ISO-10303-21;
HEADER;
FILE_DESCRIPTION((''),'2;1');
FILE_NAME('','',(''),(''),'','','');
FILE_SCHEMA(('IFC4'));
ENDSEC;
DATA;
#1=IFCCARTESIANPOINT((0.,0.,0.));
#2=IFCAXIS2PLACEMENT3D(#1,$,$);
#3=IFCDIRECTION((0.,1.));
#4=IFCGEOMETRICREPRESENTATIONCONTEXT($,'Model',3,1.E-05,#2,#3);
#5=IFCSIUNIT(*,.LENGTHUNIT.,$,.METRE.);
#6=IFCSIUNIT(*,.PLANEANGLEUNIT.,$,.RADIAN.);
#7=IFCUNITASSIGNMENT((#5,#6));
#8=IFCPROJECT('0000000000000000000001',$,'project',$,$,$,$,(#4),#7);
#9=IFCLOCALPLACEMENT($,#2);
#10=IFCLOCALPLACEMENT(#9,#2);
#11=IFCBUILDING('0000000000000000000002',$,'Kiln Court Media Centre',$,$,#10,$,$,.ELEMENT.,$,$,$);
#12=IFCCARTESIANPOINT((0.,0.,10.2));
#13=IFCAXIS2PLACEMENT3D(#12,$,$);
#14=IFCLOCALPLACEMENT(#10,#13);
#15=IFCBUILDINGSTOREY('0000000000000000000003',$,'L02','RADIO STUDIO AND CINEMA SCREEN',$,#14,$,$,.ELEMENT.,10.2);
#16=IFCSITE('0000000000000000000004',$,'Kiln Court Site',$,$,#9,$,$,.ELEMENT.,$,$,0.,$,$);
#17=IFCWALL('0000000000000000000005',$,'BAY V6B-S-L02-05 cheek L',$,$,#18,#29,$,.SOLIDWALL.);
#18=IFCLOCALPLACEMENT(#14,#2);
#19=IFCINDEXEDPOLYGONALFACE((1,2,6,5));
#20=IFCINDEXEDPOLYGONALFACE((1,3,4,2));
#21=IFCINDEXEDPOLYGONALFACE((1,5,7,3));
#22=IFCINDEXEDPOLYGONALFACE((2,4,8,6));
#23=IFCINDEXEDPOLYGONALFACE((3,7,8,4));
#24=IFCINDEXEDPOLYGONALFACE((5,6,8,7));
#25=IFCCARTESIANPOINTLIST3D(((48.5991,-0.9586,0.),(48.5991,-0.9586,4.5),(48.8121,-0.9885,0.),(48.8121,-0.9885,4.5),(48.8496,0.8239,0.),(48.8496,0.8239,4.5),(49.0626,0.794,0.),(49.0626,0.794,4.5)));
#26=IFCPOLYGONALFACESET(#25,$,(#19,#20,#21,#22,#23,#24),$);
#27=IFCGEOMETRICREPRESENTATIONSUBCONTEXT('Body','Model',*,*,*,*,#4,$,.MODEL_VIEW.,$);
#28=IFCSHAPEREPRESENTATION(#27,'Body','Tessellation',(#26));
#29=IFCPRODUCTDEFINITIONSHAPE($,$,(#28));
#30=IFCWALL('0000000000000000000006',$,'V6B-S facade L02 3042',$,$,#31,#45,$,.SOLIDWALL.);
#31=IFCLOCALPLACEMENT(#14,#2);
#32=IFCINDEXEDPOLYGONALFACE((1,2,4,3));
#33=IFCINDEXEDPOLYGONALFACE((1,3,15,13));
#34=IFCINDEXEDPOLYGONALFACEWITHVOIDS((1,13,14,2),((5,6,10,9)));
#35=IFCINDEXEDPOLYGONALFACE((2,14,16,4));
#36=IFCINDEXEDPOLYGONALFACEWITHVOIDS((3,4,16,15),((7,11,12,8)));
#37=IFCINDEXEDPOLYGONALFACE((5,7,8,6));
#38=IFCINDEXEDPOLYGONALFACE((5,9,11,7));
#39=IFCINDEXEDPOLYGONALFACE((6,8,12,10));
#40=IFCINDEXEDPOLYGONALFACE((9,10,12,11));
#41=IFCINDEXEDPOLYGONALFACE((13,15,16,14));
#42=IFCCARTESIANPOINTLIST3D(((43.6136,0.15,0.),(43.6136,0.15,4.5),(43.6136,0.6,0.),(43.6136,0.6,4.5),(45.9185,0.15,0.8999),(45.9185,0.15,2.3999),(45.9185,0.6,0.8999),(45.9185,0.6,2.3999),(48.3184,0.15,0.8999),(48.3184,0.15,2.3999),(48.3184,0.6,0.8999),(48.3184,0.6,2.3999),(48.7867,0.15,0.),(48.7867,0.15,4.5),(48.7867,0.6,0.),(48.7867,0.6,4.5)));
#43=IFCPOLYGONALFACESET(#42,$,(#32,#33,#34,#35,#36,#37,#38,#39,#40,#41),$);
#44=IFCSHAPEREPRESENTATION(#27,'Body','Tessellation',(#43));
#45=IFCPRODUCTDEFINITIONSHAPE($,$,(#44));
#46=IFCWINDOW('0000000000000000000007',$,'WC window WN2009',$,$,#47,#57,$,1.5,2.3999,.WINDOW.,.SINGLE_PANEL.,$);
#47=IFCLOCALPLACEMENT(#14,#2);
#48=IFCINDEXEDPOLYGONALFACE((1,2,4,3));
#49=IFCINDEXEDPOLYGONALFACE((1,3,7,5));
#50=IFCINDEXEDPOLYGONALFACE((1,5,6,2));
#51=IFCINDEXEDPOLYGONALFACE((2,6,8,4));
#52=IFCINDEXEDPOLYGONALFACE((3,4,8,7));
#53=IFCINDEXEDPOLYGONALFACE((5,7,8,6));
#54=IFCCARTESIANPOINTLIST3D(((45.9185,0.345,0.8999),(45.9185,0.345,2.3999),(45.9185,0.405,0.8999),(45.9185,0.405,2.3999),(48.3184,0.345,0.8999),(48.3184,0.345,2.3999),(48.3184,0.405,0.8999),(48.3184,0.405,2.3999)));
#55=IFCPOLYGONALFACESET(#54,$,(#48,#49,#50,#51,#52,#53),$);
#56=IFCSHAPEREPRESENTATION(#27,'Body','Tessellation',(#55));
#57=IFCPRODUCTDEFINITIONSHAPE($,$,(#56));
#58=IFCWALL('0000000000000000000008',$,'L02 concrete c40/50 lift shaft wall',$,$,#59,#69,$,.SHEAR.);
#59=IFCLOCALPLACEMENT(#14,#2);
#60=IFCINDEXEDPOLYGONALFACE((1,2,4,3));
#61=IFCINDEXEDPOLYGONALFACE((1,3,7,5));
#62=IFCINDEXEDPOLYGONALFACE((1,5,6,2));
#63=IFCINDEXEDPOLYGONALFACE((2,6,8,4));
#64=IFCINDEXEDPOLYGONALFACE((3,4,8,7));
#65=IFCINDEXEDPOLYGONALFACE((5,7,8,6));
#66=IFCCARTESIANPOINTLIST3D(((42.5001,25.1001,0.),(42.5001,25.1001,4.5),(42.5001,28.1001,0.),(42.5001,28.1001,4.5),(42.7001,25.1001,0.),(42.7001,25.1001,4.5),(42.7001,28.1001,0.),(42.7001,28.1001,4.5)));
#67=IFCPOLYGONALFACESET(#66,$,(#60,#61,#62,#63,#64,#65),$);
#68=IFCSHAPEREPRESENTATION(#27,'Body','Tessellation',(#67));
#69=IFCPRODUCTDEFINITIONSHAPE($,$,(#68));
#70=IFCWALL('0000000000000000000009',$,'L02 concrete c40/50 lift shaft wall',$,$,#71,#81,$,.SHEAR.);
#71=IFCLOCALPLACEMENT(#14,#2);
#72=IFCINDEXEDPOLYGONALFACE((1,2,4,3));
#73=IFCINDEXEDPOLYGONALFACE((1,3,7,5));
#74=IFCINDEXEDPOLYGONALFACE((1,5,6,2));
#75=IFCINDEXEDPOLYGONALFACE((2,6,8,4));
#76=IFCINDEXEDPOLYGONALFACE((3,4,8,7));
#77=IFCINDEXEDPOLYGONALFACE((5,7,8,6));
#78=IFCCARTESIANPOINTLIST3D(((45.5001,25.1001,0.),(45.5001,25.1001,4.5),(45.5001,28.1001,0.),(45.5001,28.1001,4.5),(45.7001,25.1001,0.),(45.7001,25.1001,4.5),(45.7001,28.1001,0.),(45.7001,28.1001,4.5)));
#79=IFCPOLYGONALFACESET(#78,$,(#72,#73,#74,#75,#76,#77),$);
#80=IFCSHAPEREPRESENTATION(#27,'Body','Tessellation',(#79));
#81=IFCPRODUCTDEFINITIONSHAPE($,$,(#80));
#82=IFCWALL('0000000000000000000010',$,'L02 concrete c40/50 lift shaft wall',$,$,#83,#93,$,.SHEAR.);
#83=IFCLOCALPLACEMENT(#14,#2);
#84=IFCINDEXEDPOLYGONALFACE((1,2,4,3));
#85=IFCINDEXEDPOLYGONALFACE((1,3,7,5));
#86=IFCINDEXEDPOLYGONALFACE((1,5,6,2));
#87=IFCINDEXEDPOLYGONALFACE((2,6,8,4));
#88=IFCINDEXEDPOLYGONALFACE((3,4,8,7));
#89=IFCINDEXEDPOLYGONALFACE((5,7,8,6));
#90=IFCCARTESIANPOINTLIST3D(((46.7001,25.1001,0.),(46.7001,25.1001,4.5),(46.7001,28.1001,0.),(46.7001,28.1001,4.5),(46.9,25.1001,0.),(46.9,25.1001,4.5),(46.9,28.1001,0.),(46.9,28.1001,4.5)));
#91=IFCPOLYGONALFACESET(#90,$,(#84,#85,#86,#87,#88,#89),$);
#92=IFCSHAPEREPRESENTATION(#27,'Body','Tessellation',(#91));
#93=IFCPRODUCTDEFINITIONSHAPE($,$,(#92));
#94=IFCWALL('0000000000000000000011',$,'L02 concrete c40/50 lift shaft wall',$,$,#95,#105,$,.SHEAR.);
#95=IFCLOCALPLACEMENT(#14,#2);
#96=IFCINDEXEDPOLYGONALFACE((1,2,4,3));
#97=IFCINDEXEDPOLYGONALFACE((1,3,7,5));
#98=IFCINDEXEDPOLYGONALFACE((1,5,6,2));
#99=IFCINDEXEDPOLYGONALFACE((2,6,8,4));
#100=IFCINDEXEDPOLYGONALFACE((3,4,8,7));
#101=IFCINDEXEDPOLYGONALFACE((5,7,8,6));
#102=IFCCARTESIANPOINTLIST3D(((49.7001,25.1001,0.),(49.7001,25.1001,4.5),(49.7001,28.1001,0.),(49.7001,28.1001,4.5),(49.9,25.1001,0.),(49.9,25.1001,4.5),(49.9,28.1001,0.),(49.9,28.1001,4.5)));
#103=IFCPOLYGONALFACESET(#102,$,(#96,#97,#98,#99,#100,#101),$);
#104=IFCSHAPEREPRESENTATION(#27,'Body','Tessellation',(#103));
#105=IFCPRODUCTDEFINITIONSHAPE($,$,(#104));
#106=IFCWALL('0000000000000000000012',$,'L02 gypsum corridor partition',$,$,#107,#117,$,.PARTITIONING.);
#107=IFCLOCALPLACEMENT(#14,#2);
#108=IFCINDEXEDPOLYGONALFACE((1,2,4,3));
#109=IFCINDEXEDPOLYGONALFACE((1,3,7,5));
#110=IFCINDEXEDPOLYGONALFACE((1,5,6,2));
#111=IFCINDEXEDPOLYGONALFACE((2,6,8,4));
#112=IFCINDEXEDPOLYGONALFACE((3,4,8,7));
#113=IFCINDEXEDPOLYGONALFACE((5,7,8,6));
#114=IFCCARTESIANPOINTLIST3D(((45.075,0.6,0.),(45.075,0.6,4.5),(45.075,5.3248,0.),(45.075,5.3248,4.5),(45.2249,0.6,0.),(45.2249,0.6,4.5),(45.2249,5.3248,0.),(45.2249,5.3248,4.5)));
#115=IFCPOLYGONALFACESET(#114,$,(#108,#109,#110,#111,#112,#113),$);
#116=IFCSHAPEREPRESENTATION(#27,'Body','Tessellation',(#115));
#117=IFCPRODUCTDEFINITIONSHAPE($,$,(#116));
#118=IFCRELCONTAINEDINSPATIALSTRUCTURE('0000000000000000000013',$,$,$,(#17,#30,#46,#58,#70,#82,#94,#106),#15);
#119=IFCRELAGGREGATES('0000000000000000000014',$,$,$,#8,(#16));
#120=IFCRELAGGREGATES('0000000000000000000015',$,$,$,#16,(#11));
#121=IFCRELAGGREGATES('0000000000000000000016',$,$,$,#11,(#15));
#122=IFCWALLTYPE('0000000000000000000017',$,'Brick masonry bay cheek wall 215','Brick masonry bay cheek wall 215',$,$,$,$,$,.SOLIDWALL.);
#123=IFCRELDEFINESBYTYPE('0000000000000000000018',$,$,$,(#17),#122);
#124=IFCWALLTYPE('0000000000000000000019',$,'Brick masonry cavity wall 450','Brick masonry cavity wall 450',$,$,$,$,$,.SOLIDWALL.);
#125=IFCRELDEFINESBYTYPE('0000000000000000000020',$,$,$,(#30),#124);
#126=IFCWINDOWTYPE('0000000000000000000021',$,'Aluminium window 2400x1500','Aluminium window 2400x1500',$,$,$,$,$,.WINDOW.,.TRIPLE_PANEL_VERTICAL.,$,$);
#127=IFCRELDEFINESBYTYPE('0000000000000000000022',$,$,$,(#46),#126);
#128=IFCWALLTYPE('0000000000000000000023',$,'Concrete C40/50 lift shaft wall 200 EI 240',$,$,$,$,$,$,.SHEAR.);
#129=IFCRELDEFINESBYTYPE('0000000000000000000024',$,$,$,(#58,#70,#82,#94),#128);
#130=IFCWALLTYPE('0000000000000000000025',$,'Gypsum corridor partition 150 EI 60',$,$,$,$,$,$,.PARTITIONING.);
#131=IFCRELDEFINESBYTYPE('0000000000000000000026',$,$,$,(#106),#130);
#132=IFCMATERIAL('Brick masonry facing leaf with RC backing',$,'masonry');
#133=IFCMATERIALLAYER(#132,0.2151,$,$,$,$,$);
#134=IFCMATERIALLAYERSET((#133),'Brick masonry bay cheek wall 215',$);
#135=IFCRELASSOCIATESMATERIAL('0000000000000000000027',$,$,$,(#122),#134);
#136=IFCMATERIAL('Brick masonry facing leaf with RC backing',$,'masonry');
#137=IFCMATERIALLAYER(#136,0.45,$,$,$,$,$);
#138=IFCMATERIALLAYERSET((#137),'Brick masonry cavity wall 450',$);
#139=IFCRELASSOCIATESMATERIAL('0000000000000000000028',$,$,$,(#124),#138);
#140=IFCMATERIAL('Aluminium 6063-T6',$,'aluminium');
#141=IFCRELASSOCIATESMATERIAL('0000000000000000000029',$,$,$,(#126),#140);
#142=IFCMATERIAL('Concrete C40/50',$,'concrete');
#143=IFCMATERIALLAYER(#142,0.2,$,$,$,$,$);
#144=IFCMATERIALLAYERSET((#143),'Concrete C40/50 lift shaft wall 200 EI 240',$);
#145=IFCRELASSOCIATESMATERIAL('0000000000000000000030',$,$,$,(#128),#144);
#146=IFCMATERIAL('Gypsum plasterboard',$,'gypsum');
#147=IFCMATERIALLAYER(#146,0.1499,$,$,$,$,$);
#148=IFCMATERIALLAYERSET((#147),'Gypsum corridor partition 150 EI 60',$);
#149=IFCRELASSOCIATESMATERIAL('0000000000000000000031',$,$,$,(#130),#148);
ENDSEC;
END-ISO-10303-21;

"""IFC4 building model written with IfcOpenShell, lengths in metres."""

from ifc_helpers import new_model, si_unit, direction, frame, frame_2d, origin, place, context, subcontext, project, spatial, rectangle, extrude, material, layer, layer_set, type_object, element, fill, save


model = new_model("IFC4")

# Units and contexts
model_context = context("Model", 3, precision=1e-05, world=origin(), true_north=direction((0.0, 1.0)))
body_context = subcontext(model_context, "Body", "Model", "MODEL_VIEW")
ifc_project = project(units=[si_unit("LENGTHUNIT", "METRE"), si_unit("PLANEANGLEUNIT", "RADIAN")], contexts=[model_context])

# Site, building, storey
site_placement = place(None, origin())
site = spatial("IfcSite", under=ifc_project, at=site_placement, Name="Kiln Court Site", CompositionType="ELEMENT", RefElevation=0.0)
building_placement = place(site_placement, origin())
building = spatial("IfcBuilding", under=site, at=building_placement, Name="Kiln Court Media Centre", CompositionType="ELEMENT")
storey_placement = place(building_placement, frame((0.0, 0.0, 10.2)))
storey = spatial("IfcBuildingStorey", under=building, at=storey_placement, Name="L02", Description="RADIO STUDIO AND CINEMA SCREEN", CompositionType="ELEMENT", Elevation=10.2)

# Wall
ifc_material_1 = material(Name="Brick masonry facing leaf with RC backing", Category="masonry")
ifc_layer_1 = layer(ifc_material_1, 0.2151)
ifc_layer_set_1 = layer_set([ifc_layer_1], Name="Brick masonry bay cheek wall 215")
wall_type_1 = type_object("IfcWallType", Name="Brick masonry bay cheek wall 215", Description="Brick masonry bay cheek wall 215", PredefinedType="SOLIDWALL", material=ifc_layer_set_1)
for number, where, z_axis, x_axis, name in (
    (1, (48.9561, 0.8088, 0.0), (0.0, 0.0, 1.0), (-0.139161, -0.99027, 0.0), "BAY V6B-S-L02-05 cheek L"),
):
    element("IfcWall", number, at=place(storey_placement, frame(where, z_axis=z_axis, x_axis=x_axis)), inside=storey, type_object=wall_type_1, Name=name, PredefinedType="SOLIDWALL", context=body_context, shape_type="SweptSolid", body=[
        extrude(rectangle(XDim=1.8, YDim=0.2151, at=frame_2d((0.8999, 0.0))), origin(), (0.0, 0.0, 1.0), 4.5),
    ])

# Wall, opening, window
ifc_material_2 = material(Name="Brick masonry facing leaf with RC backing", Category="masonry")
ifc_layer_2 = layer(ifc_material_2, 0.45)
ifc_layer_set_2 = layer_set([ifc_layer_2], Name="Brick masonry cavity wall 450")
wall_type_2 = type_object("IfcWallType", Name="Brick masonry cavity wall 450", Description="Brick masonry cavity wall 450", PredefinedType="SOLIDWALL", material=ifc_layer_set_2)
wall_1_placement = place(storey_placement, frame((48.7866, 0.375, 0.0), z_axis=(0.0, 0.0, 1.0), x_axis=(-1.0, 0.0, 0.0)))
wall_1 = element("IfcWall", 2, at=wall_1_placement, inside=storey, type_object=wall_type_2, Name="V6B-S facade L02 3042", PredefinedType="SOLIDWALL", context=body_context, shape_type="SweptSolid", body=[
    extrude(rectangle(XDim=5.1731, YDim=0.45, at=frame_2d((2.5864, 0.0))), origin(), (0.0, 0.0, 1.0), 4.5),
])
opening_placement = place(wall_1_placement, frame((0.4683, 0.0, 0.8999)))
opening = element("IfcOpeningElement", 3, at=opening_placement, cuts=wall_1, PredefinedType="OPENING", context=body_context, shape_type="SweptSolid", body=[
    extrude(rectangle(XDim=2.3999, YDim=1.5, at=frame_2d((1.2, 0.75))), frame((0.0, 0.2349, 0.0), z_axis=(0.0, -1.0, 0.0), x_axis=(1.0, 0.0, 0.0)), (0.0, 0.0, 1.0), 0.47),
])
ifc_material_3 = material(Name="Aluminium 6063-T6", Category="aluminium")
window_type = type_object("IfcWindowType", Name="Aluminium window 2400x1500", Description="Aluminium window 2400x1500", PartitioningType="TRIPLE_PANEL_VERTICAL", PredefinedType="WINDOW", material=ifc_material_3)
window_placement = place(opening_placement, origin())
window = element("IfcWindow", 4, at=window_placement, inside=storey, type_object=window_type, Name="WC window WN2009", OverallHeight=1.5, OverallWidth=2.3999, PartitioningType="SINGLE_PANEL", PredefinedType="WINDOW", context=body_context, shape_type="SweptSolid", body=[
    extrude(rectangle(XDim=2.3999, YDim=1.5, at=frame_2d((1.2, 0.75))), frame((0.0, 0.03, 0.0), z_axis=(0.0, -1.0, 0.0), x_axis=(1.0, 0.0, 0.0)), (0.0, 0.0, 1.0), 0.0601),
])
fill(opening, window)

# Walls
ifc_material_4 = material(Name="Concrete C40/50", Category="concrete")
ifc_layer_3 = layer(ifc_material_4, 0.2)
ifc_layer_set_3 = layer_set([ifc_layer_3], Name="Concrete C40/50 lift shaft wall 200 EI 240")
wall_type_3 = type_object("IfcWallType", Name="Concrete C40/50 lift shaft wall 200 EI 240", PredefinedType="SHEAR", material=ifc_layer_set_3)
for number, where, z_axis, x_axis, name in (
    (5, (42.6001, 25.1001, 0.0), (0.0, 0.0, 1.0), (0.0, 1.0, 0.0), "L02 concrete c40/50 lift shaft wall"),
    (6, (45.6001, 25.1001, 0.0), (0.0, 0.0, 1.0), (0.0, 1.0, 0.0), "L02 concrete c40/50 lift shaft wall"),
    (7, (46.8, 25.1001, 0.0), (0.0, 0.0, 1.0), (0.0, 1.0, 0.0), "L02 concrete c40/50 lift shaft wall"),
    (8, (49.8, 25.1001, 0.0), (0.0, 0.0, 1.0), (0.0, 1.0, 0.0), "L02 concrete c40/50 lift shaft wall"),
):
    element("IfcWall", number, at=place(storey_placement, frame(where, z_axis=z_axis, x_axis=x_axis)), inside=storey, type_object=wall_type_3, Name=name, PredefinedType="SHEAR", context=body_context, shape_type="SweptSolid", body=[
        extrude(rectangle(XDim=3.0, YDim=0.2, at=frame_2d((1.5, 0.0))), origin(), (0.0, 0.0, 1.0), 4.5),
    ])
ifc_material_5 = material(Name="Gypsum plasterboard", Category="gypsum")
ifc_layer_4 = layer(ifc_material_5, 0.1499)
ifc_layer_set_4 = layer_set([ifc_layer_4], Name="Gypsum corridor partition 150 EI 60")
wall_type_4 = type_object("IfcWallType", Name="Gypsum corridor partition 150 EI 60", PredefinedType="PARTITIONING", material=ifc_layer_set_4)
wall_2_placement = place(storey_placement, frame((45.1499, 0.6001, 0.0), z_axis=(0.0, 0.0, 1.0), x_axis=(0.0, 1.0, 0.0)))
element("IfcWall", 9, at=wall_2_placement, inside=storey, type_object=wall_type_4, Name="L02 gypsum corridor partition", PredefinedType="PARTITIONING", context=body_context, shape_type="SweptSolid", body=[
    extrude(rectangle(XDim=4.7249, YDim=0.1499, at=frame_2d((2.3623, 0.0))), origin(), (0.0, 0.0, 1.0), 4.5),
])

save(model, "model.ifc")
